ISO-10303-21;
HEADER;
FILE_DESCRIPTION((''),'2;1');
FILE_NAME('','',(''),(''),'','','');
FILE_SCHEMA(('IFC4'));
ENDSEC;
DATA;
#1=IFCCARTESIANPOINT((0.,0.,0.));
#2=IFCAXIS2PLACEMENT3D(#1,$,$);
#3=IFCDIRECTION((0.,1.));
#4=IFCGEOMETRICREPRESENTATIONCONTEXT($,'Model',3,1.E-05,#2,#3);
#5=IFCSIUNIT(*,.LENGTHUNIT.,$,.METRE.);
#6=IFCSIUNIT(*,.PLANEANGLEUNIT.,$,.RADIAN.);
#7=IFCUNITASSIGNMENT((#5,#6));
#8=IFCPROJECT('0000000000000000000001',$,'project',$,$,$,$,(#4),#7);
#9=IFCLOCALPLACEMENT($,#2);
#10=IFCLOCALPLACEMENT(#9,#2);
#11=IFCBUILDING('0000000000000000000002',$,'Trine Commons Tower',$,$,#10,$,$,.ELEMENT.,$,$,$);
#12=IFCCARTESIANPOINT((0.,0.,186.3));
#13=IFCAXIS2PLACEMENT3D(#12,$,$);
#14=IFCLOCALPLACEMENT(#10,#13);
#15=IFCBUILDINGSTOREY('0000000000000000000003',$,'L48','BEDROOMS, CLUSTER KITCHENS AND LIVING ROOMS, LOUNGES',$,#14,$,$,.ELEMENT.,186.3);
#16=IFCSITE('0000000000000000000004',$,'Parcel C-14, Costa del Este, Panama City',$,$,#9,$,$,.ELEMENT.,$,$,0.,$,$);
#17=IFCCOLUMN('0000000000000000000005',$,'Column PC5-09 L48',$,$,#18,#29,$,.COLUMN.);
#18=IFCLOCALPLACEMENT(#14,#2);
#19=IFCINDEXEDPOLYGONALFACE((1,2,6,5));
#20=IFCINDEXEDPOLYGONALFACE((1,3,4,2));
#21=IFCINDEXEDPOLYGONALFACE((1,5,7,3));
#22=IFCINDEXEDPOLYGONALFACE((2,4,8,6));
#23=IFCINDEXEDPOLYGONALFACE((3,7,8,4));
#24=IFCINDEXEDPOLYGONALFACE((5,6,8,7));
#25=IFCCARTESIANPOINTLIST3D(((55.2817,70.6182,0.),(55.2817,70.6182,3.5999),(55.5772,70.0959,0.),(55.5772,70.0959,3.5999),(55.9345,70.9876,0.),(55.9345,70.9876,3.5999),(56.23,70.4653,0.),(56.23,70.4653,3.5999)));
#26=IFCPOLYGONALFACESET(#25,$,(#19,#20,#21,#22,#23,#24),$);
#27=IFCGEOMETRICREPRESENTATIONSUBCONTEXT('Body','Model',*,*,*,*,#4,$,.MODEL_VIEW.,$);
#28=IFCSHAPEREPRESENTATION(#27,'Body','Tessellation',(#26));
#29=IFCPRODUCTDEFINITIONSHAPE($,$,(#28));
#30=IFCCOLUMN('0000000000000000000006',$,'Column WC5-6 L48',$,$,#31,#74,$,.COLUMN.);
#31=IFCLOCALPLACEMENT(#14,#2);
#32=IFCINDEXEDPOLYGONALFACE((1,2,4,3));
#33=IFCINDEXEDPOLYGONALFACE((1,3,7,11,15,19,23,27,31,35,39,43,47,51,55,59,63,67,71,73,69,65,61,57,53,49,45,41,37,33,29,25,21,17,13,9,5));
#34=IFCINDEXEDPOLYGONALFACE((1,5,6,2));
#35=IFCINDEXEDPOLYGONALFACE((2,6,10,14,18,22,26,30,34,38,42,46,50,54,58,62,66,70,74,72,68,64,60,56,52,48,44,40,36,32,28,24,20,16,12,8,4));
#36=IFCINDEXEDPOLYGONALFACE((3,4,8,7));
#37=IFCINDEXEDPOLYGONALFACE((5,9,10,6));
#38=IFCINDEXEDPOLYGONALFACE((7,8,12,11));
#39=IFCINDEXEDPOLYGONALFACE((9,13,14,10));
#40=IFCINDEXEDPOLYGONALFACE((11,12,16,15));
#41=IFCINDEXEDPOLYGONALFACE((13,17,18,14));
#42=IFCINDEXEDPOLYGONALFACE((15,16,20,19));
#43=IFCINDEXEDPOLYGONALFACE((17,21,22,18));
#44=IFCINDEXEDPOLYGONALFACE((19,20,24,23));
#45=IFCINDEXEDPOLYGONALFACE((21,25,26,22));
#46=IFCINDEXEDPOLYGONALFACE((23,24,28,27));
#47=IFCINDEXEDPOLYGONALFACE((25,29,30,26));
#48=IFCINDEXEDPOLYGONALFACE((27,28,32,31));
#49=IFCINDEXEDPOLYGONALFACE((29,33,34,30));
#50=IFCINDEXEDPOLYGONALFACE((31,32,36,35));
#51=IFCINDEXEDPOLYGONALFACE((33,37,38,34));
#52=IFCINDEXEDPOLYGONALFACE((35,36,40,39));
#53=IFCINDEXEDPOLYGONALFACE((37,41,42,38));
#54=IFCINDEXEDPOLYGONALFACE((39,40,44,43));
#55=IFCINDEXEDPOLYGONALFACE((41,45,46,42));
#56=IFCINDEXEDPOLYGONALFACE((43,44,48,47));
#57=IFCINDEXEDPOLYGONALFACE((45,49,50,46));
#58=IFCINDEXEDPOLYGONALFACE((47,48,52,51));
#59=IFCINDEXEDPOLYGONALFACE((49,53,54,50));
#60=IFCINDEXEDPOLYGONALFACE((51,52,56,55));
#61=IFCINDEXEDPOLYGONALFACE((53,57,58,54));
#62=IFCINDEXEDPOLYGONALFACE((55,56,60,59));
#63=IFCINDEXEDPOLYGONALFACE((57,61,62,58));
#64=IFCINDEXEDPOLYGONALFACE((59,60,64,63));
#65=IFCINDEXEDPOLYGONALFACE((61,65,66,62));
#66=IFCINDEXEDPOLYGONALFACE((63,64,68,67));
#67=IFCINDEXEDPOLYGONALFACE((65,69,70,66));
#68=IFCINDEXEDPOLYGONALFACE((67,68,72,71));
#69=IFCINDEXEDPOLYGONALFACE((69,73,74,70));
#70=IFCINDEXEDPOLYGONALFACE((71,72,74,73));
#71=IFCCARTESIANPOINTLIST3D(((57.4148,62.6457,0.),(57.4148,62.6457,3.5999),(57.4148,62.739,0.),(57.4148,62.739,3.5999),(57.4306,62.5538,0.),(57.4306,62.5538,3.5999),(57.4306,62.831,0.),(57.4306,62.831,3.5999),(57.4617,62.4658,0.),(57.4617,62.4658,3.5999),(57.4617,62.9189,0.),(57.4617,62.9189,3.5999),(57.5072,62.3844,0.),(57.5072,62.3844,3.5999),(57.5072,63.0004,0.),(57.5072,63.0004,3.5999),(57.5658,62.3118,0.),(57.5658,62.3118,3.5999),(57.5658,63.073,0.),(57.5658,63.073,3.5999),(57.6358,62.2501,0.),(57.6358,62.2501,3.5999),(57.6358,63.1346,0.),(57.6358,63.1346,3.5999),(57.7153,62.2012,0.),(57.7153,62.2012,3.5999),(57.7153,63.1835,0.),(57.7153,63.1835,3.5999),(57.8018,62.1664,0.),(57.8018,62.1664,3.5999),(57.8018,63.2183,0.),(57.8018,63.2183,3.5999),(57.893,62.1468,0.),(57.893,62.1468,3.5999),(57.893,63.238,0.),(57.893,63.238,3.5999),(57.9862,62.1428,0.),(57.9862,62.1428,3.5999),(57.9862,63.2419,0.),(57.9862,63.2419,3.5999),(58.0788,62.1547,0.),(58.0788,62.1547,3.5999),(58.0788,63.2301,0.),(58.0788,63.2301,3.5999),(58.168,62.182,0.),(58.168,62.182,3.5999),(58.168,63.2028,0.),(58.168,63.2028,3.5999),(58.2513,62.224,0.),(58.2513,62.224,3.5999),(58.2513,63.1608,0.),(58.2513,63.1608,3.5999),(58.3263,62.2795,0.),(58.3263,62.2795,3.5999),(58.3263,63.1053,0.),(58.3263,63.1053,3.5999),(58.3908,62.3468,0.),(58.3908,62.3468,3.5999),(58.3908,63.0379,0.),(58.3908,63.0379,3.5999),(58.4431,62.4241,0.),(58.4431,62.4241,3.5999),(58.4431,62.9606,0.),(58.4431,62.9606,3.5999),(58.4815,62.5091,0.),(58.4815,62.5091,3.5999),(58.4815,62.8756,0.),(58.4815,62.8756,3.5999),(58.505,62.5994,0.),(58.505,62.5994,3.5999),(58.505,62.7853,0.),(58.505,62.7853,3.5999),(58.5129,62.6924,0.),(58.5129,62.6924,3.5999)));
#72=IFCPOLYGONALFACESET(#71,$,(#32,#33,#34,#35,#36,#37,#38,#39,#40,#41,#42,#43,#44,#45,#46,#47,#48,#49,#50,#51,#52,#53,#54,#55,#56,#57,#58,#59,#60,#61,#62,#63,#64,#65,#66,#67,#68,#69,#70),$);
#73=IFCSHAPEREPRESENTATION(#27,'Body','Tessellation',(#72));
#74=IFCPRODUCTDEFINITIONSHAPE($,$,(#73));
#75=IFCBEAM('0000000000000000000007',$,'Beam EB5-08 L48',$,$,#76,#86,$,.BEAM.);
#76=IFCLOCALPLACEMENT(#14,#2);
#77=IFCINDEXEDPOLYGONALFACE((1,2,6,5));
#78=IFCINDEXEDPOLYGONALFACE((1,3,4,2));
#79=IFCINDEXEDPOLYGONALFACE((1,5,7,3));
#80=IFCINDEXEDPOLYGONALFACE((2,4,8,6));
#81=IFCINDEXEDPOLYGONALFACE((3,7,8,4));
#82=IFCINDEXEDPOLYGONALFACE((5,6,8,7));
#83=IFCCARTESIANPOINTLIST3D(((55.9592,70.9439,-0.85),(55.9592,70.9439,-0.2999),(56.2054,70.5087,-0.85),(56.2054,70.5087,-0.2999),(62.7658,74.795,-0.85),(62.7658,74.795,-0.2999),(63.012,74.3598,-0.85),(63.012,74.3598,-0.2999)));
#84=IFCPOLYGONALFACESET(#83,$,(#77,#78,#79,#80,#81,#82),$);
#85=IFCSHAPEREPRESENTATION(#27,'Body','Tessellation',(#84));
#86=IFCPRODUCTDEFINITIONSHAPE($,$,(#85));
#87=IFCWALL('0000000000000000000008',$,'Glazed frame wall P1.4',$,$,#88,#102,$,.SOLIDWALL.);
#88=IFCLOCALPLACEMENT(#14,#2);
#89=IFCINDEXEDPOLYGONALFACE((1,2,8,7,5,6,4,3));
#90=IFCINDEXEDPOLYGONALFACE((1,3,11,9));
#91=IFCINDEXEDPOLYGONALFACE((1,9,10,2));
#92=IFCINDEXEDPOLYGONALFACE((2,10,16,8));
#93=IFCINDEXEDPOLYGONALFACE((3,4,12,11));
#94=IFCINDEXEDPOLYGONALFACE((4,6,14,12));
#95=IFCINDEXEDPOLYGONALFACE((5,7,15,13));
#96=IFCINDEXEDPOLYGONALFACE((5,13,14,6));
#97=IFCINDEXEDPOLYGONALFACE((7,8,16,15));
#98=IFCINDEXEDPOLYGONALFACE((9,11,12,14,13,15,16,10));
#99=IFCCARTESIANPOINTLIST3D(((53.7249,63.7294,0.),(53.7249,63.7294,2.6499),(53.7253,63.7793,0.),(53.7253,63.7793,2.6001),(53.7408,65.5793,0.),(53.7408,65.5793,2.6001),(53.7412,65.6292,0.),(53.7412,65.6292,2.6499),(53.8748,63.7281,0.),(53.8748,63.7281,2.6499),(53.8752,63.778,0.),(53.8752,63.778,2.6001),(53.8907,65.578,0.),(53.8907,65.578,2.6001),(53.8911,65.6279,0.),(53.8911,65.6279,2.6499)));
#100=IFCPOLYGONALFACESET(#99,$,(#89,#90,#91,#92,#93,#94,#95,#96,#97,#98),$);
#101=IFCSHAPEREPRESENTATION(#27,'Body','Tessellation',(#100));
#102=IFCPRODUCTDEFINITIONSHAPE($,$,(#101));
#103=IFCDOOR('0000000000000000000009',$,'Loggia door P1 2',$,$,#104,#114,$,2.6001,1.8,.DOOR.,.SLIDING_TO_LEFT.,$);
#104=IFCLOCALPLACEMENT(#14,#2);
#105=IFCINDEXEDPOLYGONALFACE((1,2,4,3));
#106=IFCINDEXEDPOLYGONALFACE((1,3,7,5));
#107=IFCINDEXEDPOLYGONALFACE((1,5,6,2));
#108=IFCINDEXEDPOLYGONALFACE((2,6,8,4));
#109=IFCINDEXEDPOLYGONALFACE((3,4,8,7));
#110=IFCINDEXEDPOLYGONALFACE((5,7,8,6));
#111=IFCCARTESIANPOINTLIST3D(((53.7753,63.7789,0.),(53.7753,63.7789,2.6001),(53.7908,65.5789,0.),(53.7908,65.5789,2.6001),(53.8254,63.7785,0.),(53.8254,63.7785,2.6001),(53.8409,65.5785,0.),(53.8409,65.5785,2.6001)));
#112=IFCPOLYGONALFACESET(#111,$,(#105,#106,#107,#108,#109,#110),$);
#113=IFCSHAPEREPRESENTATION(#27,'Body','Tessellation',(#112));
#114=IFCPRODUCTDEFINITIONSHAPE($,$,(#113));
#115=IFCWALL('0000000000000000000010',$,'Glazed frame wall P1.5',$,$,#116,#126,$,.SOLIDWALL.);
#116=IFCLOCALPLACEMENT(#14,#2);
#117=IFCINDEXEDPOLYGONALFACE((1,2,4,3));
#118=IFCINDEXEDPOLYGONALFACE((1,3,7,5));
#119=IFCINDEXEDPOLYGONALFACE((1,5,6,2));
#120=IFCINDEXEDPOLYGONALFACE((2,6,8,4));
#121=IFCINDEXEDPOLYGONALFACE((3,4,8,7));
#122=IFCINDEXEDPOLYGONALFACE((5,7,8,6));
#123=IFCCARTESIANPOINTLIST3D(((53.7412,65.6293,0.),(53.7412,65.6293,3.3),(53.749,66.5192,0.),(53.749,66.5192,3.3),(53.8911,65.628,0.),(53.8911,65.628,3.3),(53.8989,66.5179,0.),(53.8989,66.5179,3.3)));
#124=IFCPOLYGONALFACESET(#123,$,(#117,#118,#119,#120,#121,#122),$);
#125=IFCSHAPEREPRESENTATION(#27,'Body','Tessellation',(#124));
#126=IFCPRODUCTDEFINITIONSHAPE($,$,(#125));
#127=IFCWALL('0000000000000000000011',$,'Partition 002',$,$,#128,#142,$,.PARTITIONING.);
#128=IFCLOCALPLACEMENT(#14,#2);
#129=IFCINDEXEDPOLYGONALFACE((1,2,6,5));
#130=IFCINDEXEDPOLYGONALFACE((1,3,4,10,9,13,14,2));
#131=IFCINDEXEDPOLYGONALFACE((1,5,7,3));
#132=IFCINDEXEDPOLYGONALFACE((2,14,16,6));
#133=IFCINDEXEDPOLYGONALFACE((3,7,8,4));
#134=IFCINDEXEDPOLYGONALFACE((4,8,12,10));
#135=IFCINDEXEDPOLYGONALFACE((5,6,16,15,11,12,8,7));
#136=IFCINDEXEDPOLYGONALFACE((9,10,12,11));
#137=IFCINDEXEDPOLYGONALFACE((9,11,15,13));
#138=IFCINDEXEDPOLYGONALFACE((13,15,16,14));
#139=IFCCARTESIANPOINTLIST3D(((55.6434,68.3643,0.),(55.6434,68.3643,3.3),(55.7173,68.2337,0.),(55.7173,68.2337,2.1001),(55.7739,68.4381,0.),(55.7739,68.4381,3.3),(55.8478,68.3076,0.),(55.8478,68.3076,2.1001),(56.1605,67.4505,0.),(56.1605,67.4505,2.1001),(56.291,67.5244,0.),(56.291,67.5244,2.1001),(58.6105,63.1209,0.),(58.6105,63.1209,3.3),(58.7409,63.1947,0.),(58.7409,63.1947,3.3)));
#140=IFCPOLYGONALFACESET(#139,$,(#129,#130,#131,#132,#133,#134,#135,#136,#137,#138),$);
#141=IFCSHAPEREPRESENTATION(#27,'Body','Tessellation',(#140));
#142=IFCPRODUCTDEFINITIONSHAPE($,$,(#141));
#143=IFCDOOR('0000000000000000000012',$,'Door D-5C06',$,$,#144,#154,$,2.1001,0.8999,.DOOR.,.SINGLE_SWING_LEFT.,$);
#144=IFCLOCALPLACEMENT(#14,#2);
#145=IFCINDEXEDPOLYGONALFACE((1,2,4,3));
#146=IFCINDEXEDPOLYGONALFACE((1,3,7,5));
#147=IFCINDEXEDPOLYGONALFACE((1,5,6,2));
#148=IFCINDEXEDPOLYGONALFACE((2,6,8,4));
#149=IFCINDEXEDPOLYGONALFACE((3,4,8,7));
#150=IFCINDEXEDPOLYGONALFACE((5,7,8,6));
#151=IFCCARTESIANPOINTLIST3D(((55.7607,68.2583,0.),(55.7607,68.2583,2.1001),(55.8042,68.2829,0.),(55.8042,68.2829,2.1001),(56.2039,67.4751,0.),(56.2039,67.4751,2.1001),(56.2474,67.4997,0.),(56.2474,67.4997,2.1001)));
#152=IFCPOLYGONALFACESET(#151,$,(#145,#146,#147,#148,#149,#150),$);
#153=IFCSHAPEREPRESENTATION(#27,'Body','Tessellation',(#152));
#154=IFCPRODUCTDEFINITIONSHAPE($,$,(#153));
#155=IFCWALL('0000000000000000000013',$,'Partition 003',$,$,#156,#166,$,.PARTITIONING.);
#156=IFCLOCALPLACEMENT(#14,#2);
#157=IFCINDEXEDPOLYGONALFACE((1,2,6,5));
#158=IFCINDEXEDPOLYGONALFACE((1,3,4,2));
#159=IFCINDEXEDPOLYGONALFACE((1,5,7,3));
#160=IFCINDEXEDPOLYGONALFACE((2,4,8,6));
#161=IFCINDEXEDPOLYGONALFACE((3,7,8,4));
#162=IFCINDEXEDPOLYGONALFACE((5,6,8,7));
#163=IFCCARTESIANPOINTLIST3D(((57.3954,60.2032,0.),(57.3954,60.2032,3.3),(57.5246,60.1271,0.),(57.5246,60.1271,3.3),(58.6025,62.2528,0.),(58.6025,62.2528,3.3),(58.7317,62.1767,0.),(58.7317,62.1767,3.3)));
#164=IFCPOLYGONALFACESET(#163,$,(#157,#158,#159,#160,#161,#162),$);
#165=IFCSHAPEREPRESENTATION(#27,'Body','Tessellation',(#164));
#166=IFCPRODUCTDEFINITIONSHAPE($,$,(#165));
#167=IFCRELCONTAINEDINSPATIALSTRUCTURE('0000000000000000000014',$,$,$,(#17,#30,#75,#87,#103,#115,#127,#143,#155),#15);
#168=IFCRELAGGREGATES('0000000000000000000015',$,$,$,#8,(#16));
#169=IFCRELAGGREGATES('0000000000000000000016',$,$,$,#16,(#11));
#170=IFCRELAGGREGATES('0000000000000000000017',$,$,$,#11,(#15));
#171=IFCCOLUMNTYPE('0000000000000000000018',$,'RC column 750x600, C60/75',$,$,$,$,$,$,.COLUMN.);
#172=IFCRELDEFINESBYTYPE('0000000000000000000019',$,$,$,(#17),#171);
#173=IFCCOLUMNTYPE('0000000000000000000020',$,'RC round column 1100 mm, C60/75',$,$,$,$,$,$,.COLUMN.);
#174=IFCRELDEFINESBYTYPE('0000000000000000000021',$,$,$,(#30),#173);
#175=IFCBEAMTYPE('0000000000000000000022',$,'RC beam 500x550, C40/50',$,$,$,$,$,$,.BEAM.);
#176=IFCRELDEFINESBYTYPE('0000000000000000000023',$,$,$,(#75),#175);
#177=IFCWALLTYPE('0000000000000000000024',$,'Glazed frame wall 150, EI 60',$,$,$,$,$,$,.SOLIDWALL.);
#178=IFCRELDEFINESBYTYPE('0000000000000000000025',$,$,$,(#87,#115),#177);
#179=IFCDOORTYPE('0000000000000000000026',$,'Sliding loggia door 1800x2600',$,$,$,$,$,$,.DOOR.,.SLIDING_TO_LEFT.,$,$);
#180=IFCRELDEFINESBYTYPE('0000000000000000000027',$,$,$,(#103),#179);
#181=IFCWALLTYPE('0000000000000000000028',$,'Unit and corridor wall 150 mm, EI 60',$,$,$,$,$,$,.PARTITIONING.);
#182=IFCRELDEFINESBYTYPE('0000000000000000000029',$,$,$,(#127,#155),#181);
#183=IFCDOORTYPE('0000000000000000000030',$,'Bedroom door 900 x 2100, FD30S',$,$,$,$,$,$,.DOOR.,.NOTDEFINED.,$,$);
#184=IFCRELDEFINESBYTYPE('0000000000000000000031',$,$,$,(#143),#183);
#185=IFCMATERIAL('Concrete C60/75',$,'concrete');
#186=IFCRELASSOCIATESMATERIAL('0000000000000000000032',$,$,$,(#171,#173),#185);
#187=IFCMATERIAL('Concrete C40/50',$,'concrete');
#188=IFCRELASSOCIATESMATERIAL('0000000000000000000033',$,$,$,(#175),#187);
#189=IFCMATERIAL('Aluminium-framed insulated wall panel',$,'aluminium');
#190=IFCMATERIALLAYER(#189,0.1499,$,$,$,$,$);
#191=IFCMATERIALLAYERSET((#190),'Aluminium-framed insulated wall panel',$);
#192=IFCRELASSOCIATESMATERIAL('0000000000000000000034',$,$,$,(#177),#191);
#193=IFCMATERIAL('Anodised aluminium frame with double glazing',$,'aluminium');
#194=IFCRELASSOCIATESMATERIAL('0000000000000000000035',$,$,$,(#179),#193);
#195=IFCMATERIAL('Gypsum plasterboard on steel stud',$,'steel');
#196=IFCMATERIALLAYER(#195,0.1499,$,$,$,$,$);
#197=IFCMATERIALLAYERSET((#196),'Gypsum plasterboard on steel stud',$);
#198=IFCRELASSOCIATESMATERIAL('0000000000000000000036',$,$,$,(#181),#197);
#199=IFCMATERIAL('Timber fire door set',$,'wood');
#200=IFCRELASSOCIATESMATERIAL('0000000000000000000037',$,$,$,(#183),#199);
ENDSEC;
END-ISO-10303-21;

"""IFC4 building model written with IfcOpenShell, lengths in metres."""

from ifc_helpers import new_model, si_unit, direction, frame, frame_2d, origin, origin_2d, place, context, subcontext, project, spatial, polyline, rectangle, circle, outline, extrude, material, layer, layer_set, material_profile, profile_set, type_object, element, fill, save


model = new_model("IFC4")

# Units and contexts
model_context = context("Model", 3, precision=1e-05, world=origin(), true_north=direction((0.0, 1.0)))
body_context = subcontext(model_context, "Body", "Model", "MODEL_VIEW")
ifc_project = project(units=[si_unit("LENGTHUNIT", "METRE"), si_unit("PLANEANGLEUNIT", "RADIAN")], contexts=[model_context])

# Site, building, storey
site_placement = place(None, origin())
site = spatial("IfcSite", under=ifc_project, at=site_placement, Name="Parcel C-14, Costa del Este, Panama City", CompositionType="ELEMENT", RefElevation=0.0)
building_placement = place(site_placement, origin())
building = spatial("IfcBuilding", under=site, at=building_placement, Name="Trine Commons Tower", CompositionType="ELEMENT")
storey_placement = place(building_placement, frame((0.0, 0.0, 186.3)))
storey = spatial("IfcBuildingStorey", under=building, at=storey_placement, Name="L48", Description="BEDROOMS, CLUSTER KITCHENS AND LIVING ROOMS, LOUNGES", CompositionType="ELEMENT", Elevation=186.3)

# Columns
ifc_material_1 = material(Name="Concrete C60/75", Category="concrete")
ifc_material_profile_1 = material_profile(ifc_material_1, rectangle(XDim=0.75, YDim=0.6001, at=origin_2d()), Name="RC 750x600")
ifc_profile_set_1 = profile_set([ifc_material_profile_1], Name="Concrete C60/75")
column_type_1 = type_object("IfcColumnType", Name="RC column 750x600, C60/75", PredefinedType="COLUMN", material=ifc_profile_set_1)
column_1_placement = place(storey_placement, frame((55.7559, 70.5417, 0.0), z_axis=(0.0, 0.0, 1.0), x_axis=(0.870356, 0.492424, 0.0)))
element("IfcColumn", 1, at=column_1_placement, inside=storey, type_object=column_type_1, Name="Column PC5-09 L48", PredefinedType="COLUMN", context=body_context, shape_type="SweptSolid", body=[
    extrude(rectangle(XDim=0.75, YDim=0.6001, at=origin_2d()), origin(), (0.0, 0.0, 1.0), 3.5999),
])
ifc_material_profile_2 = material_profile(ifc_material_1, circle(Radius=0.55, at=origin_2d()), Name="RC round 1100")
ifc_profile_set_2 = profile_set([ifc_material_profile_2], Name="Concrete C60/75")
column_type_2 = type_object("IfcColumnType", Name="RC round column 1100 mm, C60/75", PredefinedType="COLUMN", material=ifc_profile_set_2)
column_2_placement = place(storey_placement, frame((57.9629, 62.6924, 0.0), z_axis=(0.0, 0.0, 1.0), x_axis=(1.0, 0.0, 0.0)))
element("IfcColumn", 2, at=column_2_placement, inside=storey, type_object=column_type_2, Name="Column WC5-6 L48", PredefinedType="COLUMN", context=body_context, shape_type="SweptSolid", body=[
    extrude(circle(Radius=0.55, at=origin_2d()), origin(), (0.0, 0.0, 1.0), 3.5999),
])

# Beam
ifc_material_2 = material(Name="Concrete C40/50", Category="concrete")
ifc_material_profile_3 = material_profile(ifc_material_2, rectangle(XDim=0.5, YDim=0.55, at=origin_2d()), Name="RC 500x550")
ifc_profile_set_3 = profile_set([ifc_material_profile_3], Name="Concrete C40/50")
beam_type = type_object("IfcBeamType", Name="RC beam 500x550, C40/50", PredefinedType="BEAM", material=ifc_profile_set_3)
beam_placement = place(storey_placement, frame((56.0823, 70.7263, -0.575), z_axis=(0.870352, 0.49243, 0.0), x_axis=(-0.49243, 0.870352, 0.0)))
element("IfcBeam", 3, at=beam_placement, inside=storey, type_object=beam_type, Name="Beam EB5-08 L48", PredefinedType="BEAM", context=body_context, shape_type="SweptSolid", body=[
    extrude(rectangle(XDim=0.5, YDim=0.55, at=origin_2d()), origin(), (0.0, 0.0, 1.0), 7.8206),
])

# Wall, opening, door
ifc_material_3 = material(Name="Aluminium-framed insulated wall panel", Category="aluminium")
ifc_layer_1 = layer(ifc_material_3, 0.1499)
ifc_layer_set_1 = layer_set([ifc_layer_1], Name="Aluminium-framed insulated wall panel")
wall_type_1 = type_object("IfcWallType", Name="Glazed frame wall 150, EI 60", PredefinedType="SOLIDWALL", material=ifc_layer_set_1)
wall_1_placement = place(storey_placement, frame((53.7998, 63.7288, 0.0), z_axis=(0.0, 0.0, 1.0), x_axis=(0.008609, 0.999963, 0.0)))
wall_1 = element("IfcWall", 4, at=wall_1_placement, inside=storey, type_object=wall_type_1, Name="Glazed frame wall P1.4", PredefinedType="SOLIDWALL", context=body_context, shape_type="SweptSolid", body=[
    extrude(outline(polyline([(0.0, -0.075), (1.8999, -0.075), (1.8999, 0.075), (0.0, 0.075), (0.0, -0.075)])), origin(), (0.0, 0.0, 1.0), 2.6499),
])
opening_1_placement = place(wall_1_placement, frame((0.05, 0.0, 0.0)))
opening_1 = element("IfcOpeningElement", 5, at=opening_1_placement, cuts=wall_1, PredefinedType="OPENING", context=body_context, shape_type="SweptSolid", body=[
    extrude(rectangle(XDim=1.8, YDim=2.6001, at=frame_2d((0.8999, 1.3))), frame((0.0, 0.085, 0.0), z_axis=(0.0, -1.0, 0.0), x_axis=(1.0, 0.0, 0.0)), (0.0, 0.0, 1.0), 0.1699),
])
ifc_material_4 = material(Name="Anodised aluminium frame with double glazing", Category="aluminium")
door_type_1 = type_object("IfcDoorType", Name="Sliding loggia door 1800x2600", OperationType="SLIDING_TO_LEFT", PredefinedType="DOOR", material=ifc_material_4)
door_1_placement = place(opening_1_placement, origin())
door_1 = element("IfcDoor", 6, at=door_1_placement, inside=storey, type_object=door_type_1, Name="Loggia door P1 2", OperationType="SLIDING_TO_LEFT", OverallHeight=2.6001, OverallWidth=1.8, PredefinedType="DOOR", context=body_context, shape_type="SweptSolid", body=[
    extrude(rectangle(XDim=1.8, YDim=2.6001, at=frame_2d((0.8999, 1.3))), frame((0.0, 0.0249, 0.0), z_axis=(0.0, -1.0, 0.0), x_axis=(1.0, 0.0, 0.0)), (0.0, 0.0, 1.0), 0.05),
])
fill(opening_1, door_1)

# Wall
wall_2_placement = place(storey_placement, frame((53.8162, 65.6287, 0.0), z_axis=(0.0, 0.0, 1.0), x_axis=(0.008789, 0.999961, 0.0)))
element("IfcWall", 7, at=wall_2_placement, inside=storey, type_object=wall_type_1, Name="Glazed frame wall P1.5", PredefinedType="SOLIDWALL", context=body_context, shape_type="SweptSolid", body=[
    extrude(outline(polyline([(0.8899, 0.075), (0.0, 0.075), (0.0, -0.075), (0.8899, -0.075), (0.8899, 0.075)])), origin(), (0.0, 0.0, 1.0), 3.3),
])

# Wall, opening, door
ifc_material_5 = material(Name="Gypsum plasterboard on steel stud", Category="steel")
ifc_layer_2 = layer(ifc_material_5, 0.1499)
ifc_layer_set_2 = layer_set([ifc_layer_2], Name="Gypsum plasterboard on steel stud")
wall_type_2 = type_object("IfcWallType", Name="Unit and corridor wall 150 mm, EI 60", PredefinedType="PARTITIONING", material=ifc_layer_set_2)
wall_3_placement = place(storey_placement, frame((55.7087, 68.4011, 0.0), z_axis=(0.0, 0.0, 1.0), x_axis=(0.492482, -0.870323, 0.0)))
wall_3 = element("IfcWall", 8, at=wall_3_placement, inside=storey, type_object=wall_type_2, Name="Partition 002", PredefinedType="PARTITIONING", context=body_context, shape_type="SweptSolid", body=[
    extrude(rectangle(XDim=6.0247, YDim=0.1499, at=frame_2d((3.0122, 0.0))), origin(), (0.0, 0.0, 1.0), 3.3),
])
opening_2_placement = place(wall_3_placement, frame((0.1499, 0.0, 0.0)))
opening_2 = element("IfcOpeningElement", 9, at=opening_2_placement, cuts=wall_3, PredefinedType="OPENING", context=body_context, shape_type="SweptSolid", body=[
    extrude(rectangle(XDim=0.8999, YDim=2.1001, at=frame_2d((0.45, 1.05))), frame((0.0, 0.085, 0.0), z_axis=(0.0, -1.0, 0.0), x_axis=(1.0, 0.0, 0.0)), (0.0, 0.0, 1.0), 0.1699),
])
ifc_material_6 = material(Name="Timber fire door set", Category="wood")
door_type_2 = type_object("IfcDoorType", Name="Bedroom door 900 x 2100, FD30S", OperationType="NOTDEFINED", PredefinedType="DOOR", material=ifc_material_6)
door_2_placement = place(opening_2_placement, origin())
door_2 = element("IfcDoor", 10, at=door_2_placement, inside=storey, type_object=door_type_2, Name="Door D-5C06", OperationType="SINGLE_SWING_LEFT", OverallHeight=2.1001, OverallWidth=0.8999, PredefinedType="DOOR", context=body_context, shape_type="SweptSolid", body=[
    extrude(rectangle(XDim=0.8999, YDim=2.1001, at=frame_2d((0.45, 1.05))), frame((0.0, 0.0249, 0.0), z_axis=(0.0, -1.0, 0.0), x_axis=(1.0, 0.0, 0.0)), (0.0, 0.0, 1.0), 0.05),
])
fill(opening_2, door_2)

# Wall
wall_4_placement = place(storey_placement, frame((57.46, 60.165, 0.0), z_axis=(0.0, 0.0, 1.0), x_axis=(0.50746, 0.861676, 0.0)))
element("IfcWall", 11, at=wall_4_placement, inside=storey, type_object=wall_type_2, Name="Partition 003", PredefinedType="PARTITIONING", context=body_context, shape_type="SweptSolid", body=[
    extrude(rectangle(XDim=2.3787, YDim=0.1499, at=frame_2d((1.1895, 0.0))), origin(), (0.0, 0.0, 1.0), 3.3),
])

save(model, "model.ifc")
